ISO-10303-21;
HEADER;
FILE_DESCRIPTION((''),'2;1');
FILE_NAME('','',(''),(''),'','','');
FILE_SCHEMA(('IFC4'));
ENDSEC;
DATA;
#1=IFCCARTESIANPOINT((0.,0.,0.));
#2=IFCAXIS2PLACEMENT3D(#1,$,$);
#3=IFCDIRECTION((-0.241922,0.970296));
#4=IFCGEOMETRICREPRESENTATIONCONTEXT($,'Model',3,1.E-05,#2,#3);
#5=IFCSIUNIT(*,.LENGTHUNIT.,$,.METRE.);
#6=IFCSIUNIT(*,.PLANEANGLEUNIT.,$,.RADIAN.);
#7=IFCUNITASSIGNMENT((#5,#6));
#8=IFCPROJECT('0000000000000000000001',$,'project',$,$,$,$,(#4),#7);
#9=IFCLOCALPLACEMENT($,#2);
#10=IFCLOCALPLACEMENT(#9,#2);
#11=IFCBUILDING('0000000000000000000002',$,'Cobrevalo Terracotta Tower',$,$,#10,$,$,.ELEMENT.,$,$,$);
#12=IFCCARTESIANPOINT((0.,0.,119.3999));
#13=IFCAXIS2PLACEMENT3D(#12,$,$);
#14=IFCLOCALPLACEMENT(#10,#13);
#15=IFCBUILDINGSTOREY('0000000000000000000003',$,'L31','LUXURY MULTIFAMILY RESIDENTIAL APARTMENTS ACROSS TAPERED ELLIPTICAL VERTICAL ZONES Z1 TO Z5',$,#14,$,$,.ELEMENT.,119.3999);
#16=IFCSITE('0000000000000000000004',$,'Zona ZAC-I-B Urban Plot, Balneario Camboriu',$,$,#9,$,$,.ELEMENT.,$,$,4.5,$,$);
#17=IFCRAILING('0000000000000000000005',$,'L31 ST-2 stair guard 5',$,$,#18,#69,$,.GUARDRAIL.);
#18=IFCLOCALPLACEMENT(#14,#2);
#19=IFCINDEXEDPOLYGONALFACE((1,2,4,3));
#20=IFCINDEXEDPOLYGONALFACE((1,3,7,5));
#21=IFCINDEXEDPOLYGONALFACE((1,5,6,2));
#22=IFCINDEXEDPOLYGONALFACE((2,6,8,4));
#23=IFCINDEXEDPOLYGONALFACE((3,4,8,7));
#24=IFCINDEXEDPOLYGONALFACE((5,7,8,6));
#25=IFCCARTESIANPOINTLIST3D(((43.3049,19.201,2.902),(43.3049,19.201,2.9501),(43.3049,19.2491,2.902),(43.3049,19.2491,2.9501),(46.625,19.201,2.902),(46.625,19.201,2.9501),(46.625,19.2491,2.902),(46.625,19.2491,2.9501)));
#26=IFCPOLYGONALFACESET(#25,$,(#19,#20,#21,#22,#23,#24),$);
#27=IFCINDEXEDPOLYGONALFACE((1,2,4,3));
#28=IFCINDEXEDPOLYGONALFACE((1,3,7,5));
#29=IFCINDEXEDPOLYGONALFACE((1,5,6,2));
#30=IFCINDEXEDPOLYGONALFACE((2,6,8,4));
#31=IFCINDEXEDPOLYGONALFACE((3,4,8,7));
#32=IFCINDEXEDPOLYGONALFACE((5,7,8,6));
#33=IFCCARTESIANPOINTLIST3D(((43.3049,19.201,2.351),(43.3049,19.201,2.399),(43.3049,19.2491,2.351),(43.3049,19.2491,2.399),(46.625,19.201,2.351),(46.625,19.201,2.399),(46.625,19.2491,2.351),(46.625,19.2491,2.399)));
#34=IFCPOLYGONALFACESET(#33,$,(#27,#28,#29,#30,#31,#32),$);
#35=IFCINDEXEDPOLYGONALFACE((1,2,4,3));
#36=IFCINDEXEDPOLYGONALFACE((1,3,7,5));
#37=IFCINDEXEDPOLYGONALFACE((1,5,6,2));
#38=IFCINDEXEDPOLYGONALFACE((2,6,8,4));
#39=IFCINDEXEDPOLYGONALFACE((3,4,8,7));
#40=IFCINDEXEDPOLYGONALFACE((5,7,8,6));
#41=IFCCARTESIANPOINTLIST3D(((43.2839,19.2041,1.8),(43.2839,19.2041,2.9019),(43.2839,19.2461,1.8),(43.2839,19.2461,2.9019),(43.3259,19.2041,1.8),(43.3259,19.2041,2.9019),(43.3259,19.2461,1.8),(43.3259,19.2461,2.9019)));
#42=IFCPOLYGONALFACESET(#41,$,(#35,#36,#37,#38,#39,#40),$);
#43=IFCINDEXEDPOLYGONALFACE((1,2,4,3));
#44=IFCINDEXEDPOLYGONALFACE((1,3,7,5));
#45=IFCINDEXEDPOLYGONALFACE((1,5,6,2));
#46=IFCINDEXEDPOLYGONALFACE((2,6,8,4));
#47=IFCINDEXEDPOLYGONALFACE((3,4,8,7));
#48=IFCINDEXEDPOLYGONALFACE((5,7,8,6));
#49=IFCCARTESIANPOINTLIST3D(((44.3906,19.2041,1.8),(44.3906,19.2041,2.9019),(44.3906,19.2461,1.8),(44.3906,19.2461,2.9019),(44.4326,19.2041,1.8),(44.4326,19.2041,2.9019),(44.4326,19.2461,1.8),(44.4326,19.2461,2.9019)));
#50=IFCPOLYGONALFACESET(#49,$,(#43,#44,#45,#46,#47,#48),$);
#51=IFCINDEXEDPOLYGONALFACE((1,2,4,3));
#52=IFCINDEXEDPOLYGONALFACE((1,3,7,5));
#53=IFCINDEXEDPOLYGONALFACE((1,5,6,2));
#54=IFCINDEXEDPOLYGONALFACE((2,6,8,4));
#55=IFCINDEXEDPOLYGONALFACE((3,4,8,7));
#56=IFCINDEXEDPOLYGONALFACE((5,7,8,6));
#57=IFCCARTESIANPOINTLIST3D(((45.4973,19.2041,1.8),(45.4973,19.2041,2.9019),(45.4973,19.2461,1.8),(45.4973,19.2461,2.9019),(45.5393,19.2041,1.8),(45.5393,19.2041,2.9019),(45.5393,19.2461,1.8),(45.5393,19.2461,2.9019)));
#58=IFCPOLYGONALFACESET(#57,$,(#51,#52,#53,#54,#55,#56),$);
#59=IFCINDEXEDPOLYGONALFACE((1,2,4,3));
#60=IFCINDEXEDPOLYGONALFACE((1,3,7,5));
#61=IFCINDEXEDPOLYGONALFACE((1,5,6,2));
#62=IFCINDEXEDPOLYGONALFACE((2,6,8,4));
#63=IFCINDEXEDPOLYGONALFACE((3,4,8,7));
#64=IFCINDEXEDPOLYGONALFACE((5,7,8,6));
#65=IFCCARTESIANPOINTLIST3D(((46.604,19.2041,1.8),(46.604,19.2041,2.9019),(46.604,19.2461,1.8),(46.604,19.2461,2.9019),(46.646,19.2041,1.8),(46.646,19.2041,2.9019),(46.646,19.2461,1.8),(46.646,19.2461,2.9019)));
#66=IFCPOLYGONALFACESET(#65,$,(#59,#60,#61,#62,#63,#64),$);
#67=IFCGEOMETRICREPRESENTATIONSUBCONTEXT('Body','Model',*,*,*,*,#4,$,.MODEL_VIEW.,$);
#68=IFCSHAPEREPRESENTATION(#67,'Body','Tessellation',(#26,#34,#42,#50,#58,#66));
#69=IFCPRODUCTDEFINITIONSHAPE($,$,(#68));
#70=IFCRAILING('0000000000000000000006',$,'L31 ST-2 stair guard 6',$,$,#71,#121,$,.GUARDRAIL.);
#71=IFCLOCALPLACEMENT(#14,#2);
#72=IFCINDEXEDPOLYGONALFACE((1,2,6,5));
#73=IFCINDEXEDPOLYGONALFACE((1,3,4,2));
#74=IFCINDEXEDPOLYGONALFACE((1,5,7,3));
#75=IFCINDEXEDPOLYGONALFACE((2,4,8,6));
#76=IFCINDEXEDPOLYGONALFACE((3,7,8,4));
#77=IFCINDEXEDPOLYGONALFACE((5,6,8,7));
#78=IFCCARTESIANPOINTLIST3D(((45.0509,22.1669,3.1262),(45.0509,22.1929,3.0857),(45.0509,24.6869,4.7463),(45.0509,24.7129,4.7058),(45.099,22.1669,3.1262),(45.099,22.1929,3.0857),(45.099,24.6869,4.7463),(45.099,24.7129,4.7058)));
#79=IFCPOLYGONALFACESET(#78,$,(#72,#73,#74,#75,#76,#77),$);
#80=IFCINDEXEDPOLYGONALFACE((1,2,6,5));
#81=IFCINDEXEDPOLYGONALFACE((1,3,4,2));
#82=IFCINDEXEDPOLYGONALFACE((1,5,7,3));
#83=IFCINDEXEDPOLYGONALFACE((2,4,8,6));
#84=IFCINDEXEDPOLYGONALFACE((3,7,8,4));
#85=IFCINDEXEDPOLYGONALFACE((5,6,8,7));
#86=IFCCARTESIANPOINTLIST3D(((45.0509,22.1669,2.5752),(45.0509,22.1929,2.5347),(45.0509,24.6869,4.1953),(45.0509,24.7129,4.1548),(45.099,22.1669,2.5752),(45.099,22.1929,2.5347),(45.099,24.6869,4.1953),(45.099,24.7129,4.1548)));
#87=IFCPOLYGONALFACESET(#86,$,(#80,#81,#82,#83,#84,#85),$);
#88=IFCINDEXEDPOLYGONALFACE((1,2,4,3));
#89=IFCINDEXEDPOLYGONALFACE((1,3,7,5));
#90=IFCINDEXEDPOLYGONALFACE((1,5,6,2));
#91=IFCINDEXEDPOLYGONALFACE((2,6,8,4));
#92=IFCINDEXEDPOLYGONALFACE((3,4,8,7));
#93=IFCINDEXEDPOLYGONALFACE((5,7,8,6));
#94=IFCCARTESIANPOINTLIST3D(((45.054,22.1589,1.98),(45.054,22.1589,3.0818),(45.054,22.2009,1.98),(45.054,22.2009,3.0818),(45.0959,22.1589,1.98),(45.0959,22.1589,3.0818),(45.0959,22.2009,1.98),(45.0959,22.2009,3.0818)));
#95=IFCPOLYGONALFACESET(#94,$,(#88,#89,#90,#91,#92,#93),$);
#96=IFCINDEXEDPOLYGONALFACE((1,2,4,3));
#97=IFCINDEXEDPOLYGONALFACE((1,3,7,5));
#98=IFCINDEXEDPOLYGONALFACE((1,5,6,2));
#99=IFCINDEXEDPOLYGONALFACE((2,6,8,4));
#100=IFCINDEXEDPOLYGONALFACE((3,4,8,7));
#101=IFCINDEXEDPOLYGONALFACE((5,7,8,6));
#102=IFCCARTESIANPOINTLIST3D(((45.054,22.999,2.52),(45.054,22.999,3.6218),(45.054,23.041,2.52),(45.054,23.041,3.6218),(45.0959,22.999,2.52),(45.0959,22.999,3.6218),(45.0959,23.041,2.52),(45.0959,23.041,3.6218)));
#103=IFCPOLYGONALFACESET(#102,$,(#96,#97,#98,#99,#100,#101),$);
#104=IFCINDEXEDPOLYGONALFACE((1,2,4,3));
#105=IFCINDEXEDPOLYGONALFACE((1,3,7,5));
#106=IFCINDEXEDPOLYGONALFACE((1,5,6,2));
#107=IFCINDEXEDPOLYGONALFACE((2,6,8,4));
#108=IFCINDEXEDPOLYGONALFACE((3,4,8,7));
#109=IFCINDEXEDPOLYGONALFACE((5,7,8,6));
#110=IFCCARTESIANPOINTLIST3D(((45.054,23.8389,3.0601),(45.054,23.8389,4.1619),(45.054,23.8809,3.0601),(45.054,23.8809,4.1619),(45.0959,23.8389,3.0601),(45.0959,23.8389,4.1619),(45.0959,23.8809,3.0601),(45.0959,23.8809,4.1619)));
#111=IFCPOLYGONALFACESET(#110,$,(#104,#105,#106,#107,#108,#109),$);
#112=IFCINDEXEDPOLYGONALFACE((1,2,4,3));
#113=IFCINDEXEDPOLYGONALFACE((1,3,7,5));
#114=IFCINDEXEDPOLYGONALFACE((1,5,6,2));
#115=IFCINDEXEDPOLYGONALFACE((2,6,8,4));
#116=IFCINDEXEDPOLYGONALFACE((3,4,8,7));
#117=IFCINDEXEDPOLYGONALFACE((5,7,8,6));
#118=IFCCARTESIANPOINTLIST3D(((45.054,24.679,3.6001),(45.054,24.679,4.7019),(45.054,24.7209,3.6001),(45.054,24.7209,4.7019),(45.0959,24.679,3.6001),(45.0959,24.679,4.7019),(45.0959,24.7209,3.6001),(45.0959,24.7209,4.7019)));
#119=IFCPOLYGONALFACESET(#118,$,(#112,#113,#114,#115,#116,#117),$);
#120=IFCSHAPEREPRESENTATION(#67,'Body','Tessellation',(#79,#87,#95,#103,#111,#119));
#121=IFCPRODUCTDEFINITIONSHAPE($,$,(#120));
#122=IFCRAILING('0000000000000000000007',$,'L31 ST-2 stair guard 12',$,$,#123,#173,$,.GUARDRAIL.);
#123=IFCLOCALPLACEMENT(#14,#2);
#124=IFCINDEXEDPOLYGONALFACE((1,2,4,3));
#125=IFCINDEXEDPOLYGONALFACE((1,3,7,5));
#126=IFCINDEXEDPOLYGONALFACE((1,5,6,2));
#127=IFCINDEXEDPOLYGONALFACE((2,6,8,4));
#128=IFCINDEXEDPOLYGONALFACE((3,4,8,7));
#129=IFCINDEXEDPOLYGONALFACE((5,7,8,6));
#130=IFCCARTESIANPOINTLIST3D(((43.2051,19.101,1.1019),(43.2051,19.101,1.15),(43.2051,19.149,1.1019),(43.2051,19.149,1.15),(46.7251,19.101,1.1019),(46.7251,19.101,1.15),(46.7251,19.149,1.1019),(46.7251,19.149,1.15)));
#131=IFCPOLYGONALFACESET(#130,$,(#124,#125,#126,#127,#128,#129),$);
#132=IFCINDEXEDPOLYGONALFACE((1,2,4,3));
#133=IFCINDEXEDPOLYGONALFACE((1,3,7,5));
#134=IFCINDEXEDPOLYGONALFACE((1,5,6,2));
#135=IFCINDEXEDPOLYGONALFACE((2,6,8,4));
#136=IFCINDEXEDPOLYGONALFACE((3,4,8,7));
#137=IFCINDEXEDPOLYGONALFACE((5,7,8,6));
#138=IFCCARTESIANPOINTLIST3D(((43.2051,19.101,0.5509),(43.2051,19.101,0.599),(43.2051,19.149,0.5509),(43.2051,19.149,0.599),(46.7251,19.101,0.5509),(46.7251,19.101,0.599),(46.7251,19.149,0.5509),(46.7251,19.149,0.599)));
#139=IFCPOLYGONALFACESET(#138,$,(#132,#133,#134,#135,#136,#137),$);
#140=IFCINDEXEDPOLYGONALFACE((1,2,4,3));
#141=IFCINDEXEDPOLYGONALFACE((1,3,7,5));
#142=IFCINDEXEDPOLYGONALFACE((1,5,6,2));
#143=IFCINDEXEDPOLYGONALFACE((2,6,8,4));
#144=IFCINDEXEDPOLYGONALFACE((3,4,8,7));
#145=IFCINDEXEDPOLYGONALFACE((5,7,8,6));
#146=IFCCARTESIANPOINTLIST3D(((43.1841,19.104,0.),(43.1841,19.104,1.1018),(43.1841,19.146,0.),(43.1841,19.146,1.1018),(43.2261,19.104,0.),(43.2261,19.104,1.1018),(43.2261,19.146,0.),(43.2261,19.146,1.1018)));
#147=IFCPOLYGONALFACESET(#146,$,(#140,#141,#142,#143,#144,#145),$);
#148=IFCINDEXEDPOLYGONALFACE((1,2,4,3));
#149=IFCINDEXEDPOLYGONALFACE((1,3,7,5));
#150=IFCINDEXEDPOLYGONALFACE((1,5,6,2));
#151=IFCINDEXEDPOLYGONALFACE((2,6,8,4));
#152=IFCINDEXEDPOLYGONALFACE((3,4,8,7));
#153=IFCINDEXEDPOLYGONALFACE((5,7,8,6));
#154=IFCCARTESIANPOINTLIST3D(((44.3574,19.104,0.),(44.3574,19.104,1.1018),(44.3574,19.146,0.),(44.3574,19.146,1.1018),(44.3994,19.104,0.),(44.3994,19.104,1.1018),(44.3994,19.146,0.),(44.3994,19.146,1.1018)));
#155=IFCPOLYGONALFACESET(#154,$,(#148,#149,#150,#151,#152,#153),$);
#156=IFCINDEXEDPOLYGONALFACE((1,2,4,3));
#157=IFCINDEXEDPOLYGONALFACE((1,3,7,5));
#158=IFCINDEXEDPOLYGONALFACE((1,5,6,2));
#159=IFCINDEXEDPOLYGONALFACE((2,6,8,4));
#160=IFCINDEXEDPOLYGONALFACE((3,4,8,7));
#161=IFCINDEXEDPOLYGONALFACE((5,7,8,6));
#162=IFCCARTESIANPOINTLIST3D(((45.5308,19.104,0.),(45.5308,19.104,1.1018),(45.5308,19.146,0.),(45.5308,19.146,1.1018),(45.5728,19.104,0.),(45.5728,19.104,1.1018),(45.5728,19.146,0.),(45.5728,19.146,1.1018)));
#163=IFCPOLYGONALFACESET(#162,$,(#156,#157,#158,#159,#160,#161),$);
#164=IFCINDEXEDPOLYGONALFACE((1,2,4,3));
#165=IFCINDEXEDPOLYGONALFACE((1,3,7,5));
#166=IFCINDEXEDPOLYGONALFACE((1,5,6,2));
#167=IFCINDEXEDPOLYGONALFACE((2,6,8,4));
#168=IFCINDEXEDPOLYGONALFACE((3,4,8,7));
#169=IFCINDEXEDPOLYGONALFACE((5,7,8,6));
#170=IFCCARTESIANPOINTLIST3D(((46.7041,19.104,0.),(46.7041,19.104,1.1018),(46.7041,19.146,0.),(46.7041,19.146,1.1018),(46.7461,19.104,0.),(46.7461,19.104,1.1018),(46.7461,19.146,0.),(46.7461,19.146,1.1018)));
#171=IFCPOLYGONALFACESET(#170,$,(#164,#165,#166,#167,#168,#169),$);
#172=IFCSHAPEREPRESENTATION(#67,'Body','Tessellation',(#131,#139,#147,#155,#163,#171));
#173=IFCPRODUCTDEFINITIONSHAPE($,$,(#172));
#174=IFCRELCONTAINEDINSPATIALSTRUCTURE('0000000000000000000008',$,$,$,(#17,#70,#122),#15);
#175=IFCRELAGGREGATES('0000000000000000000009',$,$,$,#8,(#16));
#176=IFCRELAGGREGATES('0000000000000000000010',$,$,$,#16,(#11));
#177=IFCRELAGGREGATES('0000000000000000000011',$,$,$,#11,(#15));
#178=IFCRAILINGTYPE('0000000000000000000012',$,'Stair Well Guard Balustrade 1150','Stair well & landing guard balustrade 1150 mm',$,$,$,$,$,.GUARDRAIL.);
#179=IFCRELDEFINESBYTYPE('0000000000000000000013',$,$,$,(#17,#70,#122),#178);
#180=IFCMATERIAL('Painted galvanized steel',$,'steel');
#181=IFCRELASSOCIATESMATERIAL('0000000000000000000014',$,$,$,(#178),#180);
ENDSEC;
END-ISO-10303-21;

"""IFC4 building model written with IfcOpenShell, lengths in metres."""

from ifc_helpers import new_model, si_unit, direction, frame, origin, origin_2d, place, context, subcontext, project, spatial, rectangle, extrude, material, type_object, element, save


model = new_model("IFC4")

# Units and contexts
model_context = context("Model", 3, precision=1e-05, world=origin(), true_north=direction((-0.241922, 0.970296)))
body_context = subcontext(model_context, "Body", "Model", "MODEL_VIEW")
ifc_project = project(units=[si_unit("LENGTHUNIT", "METRE"), si_unit("PLANEANGLEUNIT", "RADIAN")], contexts=[model_context])

# Site, building, storey
site_placement = place(None, origin())
site = spatial("IfcSite", under=ifc_project, at=site_placement, Name="Zona ZAC-I-B Urban Plot, Balneario Camboriu", CompositionType="ELEMENT", RefElevation=4.5)
building_placement = place(site_placement, origin())
building = spatial("IfcBuilding", under=site, at=building_placement, Name="Cobrevalo Terracotta Tower", CompositionType="ELEMENT")
storey_placement = place(building_placement, frame((0.0, 0.0, 119.3999)))
storey = spatial("IfcBuildingStorey", under=building, at=storey_placement, Name="L31", Description="LUXURY MULTIFAMILY RESIDENTIAL APARTMENTS ACROSS TAPERED ELLIPTICAL VERTICAL ZONES Z1 TO Z5", CompositionType="ELEMENT", Elevation=119.3999)

# Railings
ifc_material_1 = material(Name="Painted galvanized steel", Category="steel")
railing_type_1 = type_object("IfcRailingType", Name="Stair Well Guard Balustrade 1150", Description="Stair well & landing guard balustrade 1150 mm", PredefinedType="GUARDRAIL", material=ifc_material_1)
railing_1_placement = place(storey_placement, frame((43.3049, 19.2251, 1.8)))
element("IfcRailing", 1, at=railing_1_placement, inside=storey, type_object=railing_type_1, Name="L31 ST-2 stair guard 5", PredefinedType="GUARDRAIL", context=body_context, shape_type="SweptSolid", body=[
    extrude(rectangle(XDim=0.0481, YDim=0.0481, at=origin_2d()), frame((0.0, 0.0, 1.126), z_axis=(1.0, 0.0, 0.0), x_axis=(0.0, 1.0, 0.0)), (0.0, 0.0, 1.0), 3.3201),
    extrude(rectangle(XDim=0.0481, YDim=0.0481, at=origin_2d()), frame((0.0, 0.0, 0.575), z_axis=(1.0, 0.0, 0.0), x_axis=(0.0, 1.0, 0.0)), (0.0, 0.0, 1.0), 3.3201),
    extrude(rectangle(XDim=0.042, YDim=0.042, at=origin_2d()), origin(), (0.0, 0.0, 1.0), 1.1018),
    extrude(rectangle(XDim=0.042, YDim=0.042, at=origin_2d()), frame((1.1067, 0.0, 0.0)), (0.0, 0.0, 1.0), 1.1018),
    extrude(rectangle(XDim=0.042, YDim=0.042, at=origin_2d()), frame((2.2134, 0.0, 0.0)), (0.0, 0.0, 1.0), 1.1018),
    extrude(rectangle(XDim=0.042, YDim=0.042, at=origin_2d()), frame((3.3201, 0.0, 0.0)), (0.0, 0.0, 1.0), 1.1018),
])
railing_2_placement = place(storey_placement, frame((45.075, 22.1799, 1.98)))
element("IfcRailing", 2, at=railing_2_placement, inside=storey, type_object=railing_type_1, Name="L31 ST-2 stair guard 6", PredefinedType="GUARDRAIL", context=body_context, shape_type="SweptSolid", body=[
    extrude(rectangle(XDim=0.0481, YDim=0.0481, at=origin_2d()), frame((0.0, 0.0, 1.126), z_axis=(0.0, 0.841163, 0.540782), x_axis=(-1.0, 0.0, 0.0)), (0.0, 0.0, 1.0), 2.9958),
    extrude(rectangle(XDim=0.0481, YDim=0.0481, at=origin_2d()), frame((0.0, 0.0, 0.575), z_axis=(0.0, 0.841163, 0.540782), x_axis=(-1.0, 0.0, 0.0)), (0.0, 0.0, 1.0), 2.9958),
    extrude(rectangle(XDim=0.042, YDim=0.042, at=origin_2d()), origin(), (0.0, 0.0, 1.0), 1.1018),
    extrude(rectangle(XDim=0.042, YDim=0.042, at=origin_2d()), frame((0.0, 0.8401, 0.54)), (0.0, 0.0, 1.0), 1.1018),
    extrude(rectangle(XDim=0.042, YDim=0.042, at=origin_2d()), frame((0.0, 1.6799, 1.0801)), (0.0, 0.0, 1.0), 1.1018),
    extrude(rectangle(XDim=0.042, YDim=0.042, at=origin_2d()), frame((0.0, 2.52, 1.6201)), (0.0, 0.0, 1.0), 1.1018),
])
railing_3_placement = place(storey_placement, frame((43.2051, 19.125, 0.0)))
element("IfcRailing", 3, at=railing_3_placement, inside=storey, type_object=railing_type_1, Name="L31 ST-2 stair guard 12", PredefinedType="GUARDRAIL", context=body_context, shape_type="SweptSolid", body=[
    extrude(rectangle(XDim=0.0481, YDim=0.0481, at=origin_2d()), frame((0.0, 0.0, 1.126), z_axis=(1.0, 0.0, 0.0), x_axis=(0.0, 1.0, 0.0)), (0.0, 0.0, 1.0), 3.52),
    extrude(rectangle(XDim=0.0481, YDim=0.0481, at=origin_2d()), frame((0.0, 0.0, 0.575), z_axis=(1.0, 0.0, 0.0), x_axis=(0.0, 1.0, 0.0)), (0.0, 0.0, 1.0), 3.52),
    extrude(rectangle(XDim=0.042, YDim=0.042, at=origin_2d()), origin(), (0.0, 0.0, 1.0), 1.1018),
    extrude(rectangle(XDim=0.042, YDim=0.042, at=origin_2d()), frame((1.1733, 0.0, 0.0)), (0.0, 0.0, 1.0), 1.1018),
    extrude(rectangle(XDim=0.042, YDim=0.042, at=origin_2d()), frame((2.3467, 0.0, 0.0)), (0.0, 0.0, 1.0), 1.1018),
    extrude(rectangle(XDim=0.042, YDim=0.042, at=origin_2d()), frame((3.52, 0.0, 0.0)), (0.0, 0.0, 1.0), 1.1018),
])

save(model, "model.ifc")
